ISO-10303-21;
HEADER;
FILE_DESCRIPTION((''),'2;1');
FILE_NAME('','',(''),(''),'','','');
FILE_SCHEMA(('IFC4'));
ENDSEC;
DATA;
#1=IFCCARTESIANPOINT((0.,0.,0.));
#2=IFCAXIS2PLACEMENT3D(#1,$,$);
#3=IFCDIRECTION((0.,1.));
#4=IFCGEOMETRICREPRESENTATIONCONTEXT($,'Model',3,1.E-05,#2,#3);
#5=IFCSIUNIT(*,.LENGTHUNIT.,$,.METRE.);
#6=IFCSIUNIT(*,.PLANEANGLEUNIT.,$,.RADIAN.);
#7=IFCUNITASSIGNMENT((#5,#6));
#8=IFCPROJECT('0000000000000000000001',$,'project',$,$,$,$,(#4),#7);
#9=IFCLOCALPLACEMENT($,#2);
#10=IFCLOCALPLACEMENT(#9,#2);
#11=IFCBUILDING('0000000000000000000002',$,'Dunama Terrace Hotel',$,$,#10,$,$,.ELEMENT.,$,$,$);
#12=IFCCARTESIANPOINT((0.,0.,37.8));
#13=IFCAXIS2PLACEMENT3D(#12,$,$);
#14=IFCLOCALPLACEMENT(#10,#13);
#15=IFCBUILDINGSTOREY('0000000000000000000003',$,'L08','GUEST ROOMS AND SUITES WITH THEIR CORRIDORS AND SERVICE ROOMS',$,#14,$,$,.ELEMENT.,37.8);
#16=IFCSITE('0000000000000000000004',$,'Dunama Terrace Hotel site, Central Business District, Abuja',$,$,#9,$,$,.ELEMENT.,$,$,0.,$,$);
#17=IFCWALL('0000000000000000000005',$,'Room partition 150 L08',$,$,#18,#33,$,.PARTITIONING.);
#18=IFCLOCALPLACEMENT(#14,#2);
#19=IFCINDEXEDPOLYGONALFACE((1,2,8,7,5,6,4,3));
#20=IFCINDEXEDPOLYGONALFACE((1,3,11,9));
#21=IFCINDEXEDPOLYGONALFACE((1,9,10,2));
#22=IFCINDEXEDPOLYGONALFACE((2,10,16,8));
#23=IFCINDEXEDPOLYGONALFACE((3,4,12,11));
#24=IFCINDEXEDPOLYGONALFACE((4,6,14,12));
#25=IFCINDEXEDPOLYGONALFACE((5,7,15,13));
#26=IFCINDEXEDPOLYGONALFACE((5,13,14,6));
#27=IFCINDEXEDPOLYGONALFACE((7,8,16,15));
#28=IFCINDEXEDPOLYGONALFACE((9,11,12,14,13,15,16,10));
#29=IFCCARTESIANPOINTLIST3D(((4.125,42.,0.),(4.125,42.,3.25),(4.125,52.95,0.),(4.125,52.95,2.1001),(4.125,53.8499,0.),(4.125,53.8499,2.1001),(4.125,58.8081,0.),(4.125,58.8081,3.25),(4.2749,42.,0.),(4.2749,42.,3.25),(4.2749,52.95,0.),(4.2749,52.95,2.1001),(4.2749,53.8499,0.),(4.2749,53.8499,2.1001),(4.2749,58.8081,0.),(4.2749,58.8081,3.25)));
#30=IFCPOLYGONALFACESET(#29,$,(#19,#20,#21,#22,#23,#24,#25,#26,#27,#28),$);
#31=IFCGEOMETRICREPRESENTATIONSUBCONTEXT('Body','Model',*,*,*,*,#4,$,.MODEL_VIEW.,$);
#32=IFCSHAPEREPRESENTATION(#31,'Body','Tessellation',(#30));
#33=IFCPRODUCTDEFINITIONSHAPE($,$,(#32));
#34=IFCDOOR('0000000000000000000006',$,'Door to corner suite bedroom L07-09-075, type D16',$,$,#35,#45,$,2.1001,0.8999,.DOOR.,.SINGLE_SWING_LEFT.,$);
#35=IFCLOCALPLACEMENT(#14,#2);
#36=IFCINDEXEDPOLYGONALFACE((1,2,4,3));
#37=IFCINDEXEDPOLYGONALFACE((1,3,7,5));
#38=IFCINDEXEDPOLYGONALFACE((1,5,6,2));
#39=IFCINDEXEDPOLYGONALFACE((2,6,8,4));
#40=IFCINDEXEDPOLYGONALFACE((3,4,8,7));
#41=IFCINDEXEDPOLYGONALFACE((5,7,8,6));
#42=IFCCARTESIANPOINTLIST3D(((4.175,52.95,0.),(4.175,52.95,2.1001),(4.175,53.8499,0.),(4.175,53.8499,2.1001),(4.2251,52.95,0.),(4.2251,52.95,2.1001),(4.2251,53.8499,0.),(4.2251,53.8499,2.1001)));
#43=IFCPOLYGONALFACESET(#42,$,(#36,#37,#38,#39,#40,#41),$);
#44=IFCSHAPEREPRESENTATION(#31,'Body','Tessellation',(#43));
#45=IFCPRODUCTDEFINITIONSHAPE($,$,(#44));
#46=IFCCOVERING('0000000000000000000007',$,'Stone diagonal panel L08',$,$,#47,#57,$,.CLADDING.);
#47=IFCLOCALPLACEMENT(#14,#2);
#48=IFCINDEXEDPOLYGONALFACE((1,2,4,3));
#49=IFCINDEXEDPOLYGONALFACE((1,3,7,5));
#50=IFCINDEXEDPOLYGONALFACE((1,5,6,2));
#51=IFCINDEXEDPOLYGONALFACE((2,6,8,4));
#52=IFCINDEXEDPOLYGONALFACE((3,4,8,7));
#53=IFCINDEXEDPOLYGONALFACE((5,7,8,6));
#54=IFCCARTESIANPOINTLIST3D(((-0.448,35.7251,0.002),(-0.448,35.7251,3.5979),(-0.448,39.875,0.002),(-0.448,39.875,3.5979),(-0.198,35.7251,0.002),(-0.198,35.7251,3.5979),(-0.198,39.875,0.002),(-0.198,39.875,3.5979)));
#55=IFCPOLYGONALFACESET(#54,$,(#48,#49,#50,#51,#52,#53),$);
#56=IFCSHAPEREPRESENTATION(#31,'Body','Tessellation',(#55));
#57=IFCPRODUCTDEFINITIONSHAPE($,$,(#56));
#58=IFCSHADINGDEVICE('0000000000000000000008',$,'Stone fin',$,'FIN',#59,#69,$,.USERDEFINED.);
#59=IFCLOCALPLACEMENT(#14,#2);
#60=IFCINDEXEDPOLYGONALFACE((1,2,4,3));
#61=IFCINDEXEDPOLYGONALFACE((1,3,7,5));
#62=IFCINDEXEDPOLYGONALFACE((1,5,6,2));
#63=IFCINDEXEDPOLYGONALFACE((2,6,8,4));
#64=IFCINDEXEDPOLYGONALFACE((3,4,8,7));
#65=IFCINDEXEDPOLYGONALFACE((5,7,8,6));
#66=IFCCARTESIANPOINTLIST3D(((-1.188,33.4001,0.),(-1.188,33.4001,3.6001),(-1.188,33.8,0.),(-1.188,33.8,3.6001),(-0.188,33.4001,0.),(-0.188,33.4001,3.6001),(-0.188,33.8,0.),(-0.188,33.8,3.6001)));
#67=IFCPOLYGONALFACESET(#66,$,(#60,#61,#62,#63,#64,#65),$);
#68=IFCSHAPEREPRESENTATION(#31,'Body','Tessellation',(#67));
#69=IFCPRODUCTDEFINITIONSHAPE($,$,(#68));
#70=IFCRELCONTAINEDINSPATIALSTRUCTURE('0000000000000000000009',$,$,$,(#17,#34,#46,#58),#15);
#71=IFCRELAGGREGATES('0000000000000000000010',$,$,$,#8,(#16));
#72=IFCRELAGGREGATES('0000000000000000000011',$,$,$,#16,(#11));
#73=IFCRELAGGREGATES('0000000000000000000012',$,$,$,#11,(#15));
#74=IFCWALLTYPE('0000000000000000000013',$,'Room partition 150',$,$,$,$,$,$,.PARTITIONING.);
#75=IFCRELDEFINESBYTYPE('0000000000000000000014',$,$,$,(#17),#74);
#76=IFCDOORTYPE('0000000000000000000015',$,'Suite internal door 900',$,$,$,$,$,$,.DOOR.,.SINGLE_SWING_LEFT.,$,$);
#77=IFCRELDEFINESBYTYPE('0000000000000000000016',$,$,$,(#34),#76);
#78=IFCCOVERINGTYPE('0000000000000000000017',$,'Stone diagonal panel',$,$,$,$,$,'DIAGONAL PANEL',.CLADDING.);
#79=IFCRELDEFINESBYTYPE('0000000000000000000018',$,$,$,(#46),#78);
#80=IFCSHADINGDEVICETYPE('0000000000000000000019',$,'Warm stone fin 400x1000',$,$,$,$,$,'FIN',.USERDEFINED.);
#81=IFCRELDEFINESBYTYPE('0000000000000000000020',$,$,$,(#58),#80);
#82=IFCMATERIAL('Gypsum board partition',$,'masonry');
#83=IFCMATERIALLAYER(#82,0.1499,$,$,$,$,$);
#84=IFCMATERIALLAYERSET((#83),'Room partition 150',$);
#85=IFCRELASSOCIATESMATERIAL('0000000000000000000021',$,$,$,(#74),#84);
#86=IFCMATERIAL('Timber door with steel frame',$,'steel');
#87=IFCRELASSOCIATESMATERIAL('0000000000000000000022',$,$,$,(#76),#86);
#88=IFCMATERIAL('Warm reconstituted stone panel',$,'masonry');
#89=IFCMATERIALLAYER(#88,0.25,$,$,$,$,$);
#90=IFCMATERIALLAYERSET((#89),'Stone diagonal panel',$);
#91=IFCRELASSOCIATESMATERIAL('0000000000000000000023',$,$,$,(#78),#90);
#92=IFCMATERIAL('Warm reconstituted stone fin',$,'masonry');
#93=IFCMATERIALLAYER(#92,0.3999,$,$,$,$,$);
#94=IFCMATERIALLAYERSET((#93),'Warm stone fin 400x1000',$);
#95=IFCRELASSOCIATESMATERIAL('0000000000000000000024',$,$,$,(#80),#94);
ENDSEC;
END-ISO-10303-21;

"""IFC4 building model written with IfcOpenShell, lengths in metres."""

from ifc_helpers import new_model, si_unit, direction, frame, frame_2d, origin, origin_2d, place, context, subcontext, project, spatial, rectangle, extrude, material, layer, layer_set, type_object, element, fill, save


model = new_model("IFC4")

# Units and contexts
model_context = context("Model", 3, precision=1e-05, world=origin(), true_north=direction((0.0, 1.0)))
body_context = subcontext(model_context, "Body", "Model", "MODEL_VIEW")
ifc_project = project(units=[si_unit("LENGTHUNIT", "METRE"), si_unit("PLANEANGLEUNIT", "RADIAN")], contexts=[model_context])

# Site, building, storey
site_placement = place(None, origin())
site = spatial("IfcSite", under=ifc_project, at=site_placement, Name="Dunama Terrace Hotel site, Central Business District, Abuja", CompositionType="ELEMENT", RefElevation=0.0)
building_placement = place(site_placement, origin())
building = spatial("IfcBuilding", under=site, at=building_placement, Name="Dunama Terrace Hotel", CompositionType="ELEMENT")
storey_placement = place(building_placement, frame((0.0, 0.0, 37.8)))
storey = spatial("IfcBuildingStorey", under=building, at=storey_placement, Name="L08", Description="GUEST ROOMS AND SUITES WITH THEIR CORRIDORS AND SERVICE ROOMS", CompositionType="ELEMENT", Elevation=37.8)

# Shared definitions
ifc_material_1 = material(Name="Gypsum board partition", Category="masonry")
ifc_layer_1 = layer(ifc_material_1, 0.1499)
ifc_layer_set_1 = layer_set([ifc_layer_1], Name="Room partition 150")
wall_type_1 = type_object("IfcWallType", Name="Room partition 150", PredefinedType="PARTITIONING", material=ifc_layer_set_1)

# Wall, opening, door
wall_1_placement = place(storey_placement, frame((4.2, 42.0, 0.0), z_axis=(0.0, 0.0, 1.0), x_axis=(0.0, 1.0, 0.0)))
wall_1 = element("IfcWall", 1, at=wall_1_placement, inside=storey, type_object=wall_type_1, Name="Room partition 150 L08", PredefinedType="PARTITIONING", context=body_context, shape_type="SweptSolid", body=[
    extrude(rectangle(XDim=16.8081, YDim=0.1499, at=frame_2d((8.4041, 0.0))), origin(), (0.0, 0.0, 1.0), 3.25),
])
opening_1_placement = place(wall_1_placement, frame((10.95, 0.0, 0.0)))
opening_1 = element("IfcOpeningElement", 2, at=opening_1_placement, cuts=wall_1, PredefinedType="OPENING", context=body_context, shape_type="SweptSolid", body=[
    extrude(rectangle(XDim=0.8999, YDim=2.1001, at=frame_2d((0.45, 1.05))), frame((0.0, 0.085, 0.0), z_axis=(0.0, -1.0, 0.0), x_axis=(1.0, 0.0, 0.0)), (0.0, 0.0, 1.0), 0.1699),
])
ifc_material_2 = material(Name="Timber door with steel frame", Category="steel")
door_type_1 = type_object("IfcDoorType", Name="Suite internal door 900", OperationType="SINGLE_SWING_LEFT", PredefinedType="DOOR", material=ifc_material_2)
door_1_placement = place(opening_1_placement, origin())
door_1 = element("IfcDoor", 3, at=door_1_placement, inside=storey, type_object=door_type_1, Name="Door to corner suite bedroom L07-09-075, type D16", OperationType="SINGLE_SWING_LEFT", OverallHeight=2.1001, OverallWidth=0.8999, PredefinedType="DOOR", context=body_context, shape_type="SweptSolid", body=[
    extrude(rectangle(XDim=0.8999, YDim=2.1001, at=frame_2d((0.45, 1.05))), frame((0.0, 0.0249, 0.0), z_axis=(0.0, -1.0, 0.0), x_axis=(1.0, 0.0, 0.0)), (0.0, 0.0, 1.0), 0.05),
])
fill(opening_1, door_1)

# Covering
ifc_material_3 = material(Name="Warm reconstituted stone panel", Category="masonry")
ifc_layer_2 = layer(ifc_material_3, 0.25)
ifc_layer_set_2 = layer_set([ifc_layer_2], Name="Stone diagonal panel")
covering_type = type_object("IfcCoveringType", Name="Stone diagonal panel", ElementType="DIAGONAL PANEL", PredefinedType="CLADDING", material=ifc_layer_set_2)
covering_placement = place(storey_placement, frame((-0.323, 37.8, 0.002), z_axis=(0.0, 0.0, 1.0), x_axis=(0.0, -1.0, 0.0)))
element("IfcCovering", 4, at=covering_placement, inside=storey, type_object=covering_type, Name="Stone diagonal panel L08", PredefinedType="CLADDING", context=body_context, shape_type="SweptSolid", body=[
    extrude(rectangle(XDim=4.1499, YDim=0.25, at=origin_2d()), origin(), (0.0, 0.0, 1.0), 3.5959),
])

# Shading device
ifc_material_4 = material(Name="Warm reconstituted stone fin", Category="masonry")
ifc_layer_3 = layer(ifc_material_4, 0.3999)
ifc_layer_set_3 = layer_set([ifc_layer_3], Name="Warm stone fin 400x1000")
shading_device_type = type_object("IfcShadingDeviceType", Name="Warm stone fin 400x1000", ElementType="FIN", PredefinedType="USERDEFINED", material=ifc_layer_set_3)
shading_device_placement = place(storey_placement, frame((-0.688, 33.6001, 0.0), z_axis=(0.0, 0.0, 1.0), x_axis=(0.0, -1.0, 0.0)))
element("IfcShadingDevice", 5, at=shading_device_placement, inside=storey, type_object=shading_device_type, Name="Stone fin", ObjectType="FIN", PredefinedType="USERDEFINED", context=body_context, shape_type="SweptSolid", body=[
    extrude(rectangle(XDim=0.3999, YDim=1.0, at=origin_2d()), origin(), (0.0, 0.0, 1.0), 3.6001),
])

save(model, "model.ifc")
